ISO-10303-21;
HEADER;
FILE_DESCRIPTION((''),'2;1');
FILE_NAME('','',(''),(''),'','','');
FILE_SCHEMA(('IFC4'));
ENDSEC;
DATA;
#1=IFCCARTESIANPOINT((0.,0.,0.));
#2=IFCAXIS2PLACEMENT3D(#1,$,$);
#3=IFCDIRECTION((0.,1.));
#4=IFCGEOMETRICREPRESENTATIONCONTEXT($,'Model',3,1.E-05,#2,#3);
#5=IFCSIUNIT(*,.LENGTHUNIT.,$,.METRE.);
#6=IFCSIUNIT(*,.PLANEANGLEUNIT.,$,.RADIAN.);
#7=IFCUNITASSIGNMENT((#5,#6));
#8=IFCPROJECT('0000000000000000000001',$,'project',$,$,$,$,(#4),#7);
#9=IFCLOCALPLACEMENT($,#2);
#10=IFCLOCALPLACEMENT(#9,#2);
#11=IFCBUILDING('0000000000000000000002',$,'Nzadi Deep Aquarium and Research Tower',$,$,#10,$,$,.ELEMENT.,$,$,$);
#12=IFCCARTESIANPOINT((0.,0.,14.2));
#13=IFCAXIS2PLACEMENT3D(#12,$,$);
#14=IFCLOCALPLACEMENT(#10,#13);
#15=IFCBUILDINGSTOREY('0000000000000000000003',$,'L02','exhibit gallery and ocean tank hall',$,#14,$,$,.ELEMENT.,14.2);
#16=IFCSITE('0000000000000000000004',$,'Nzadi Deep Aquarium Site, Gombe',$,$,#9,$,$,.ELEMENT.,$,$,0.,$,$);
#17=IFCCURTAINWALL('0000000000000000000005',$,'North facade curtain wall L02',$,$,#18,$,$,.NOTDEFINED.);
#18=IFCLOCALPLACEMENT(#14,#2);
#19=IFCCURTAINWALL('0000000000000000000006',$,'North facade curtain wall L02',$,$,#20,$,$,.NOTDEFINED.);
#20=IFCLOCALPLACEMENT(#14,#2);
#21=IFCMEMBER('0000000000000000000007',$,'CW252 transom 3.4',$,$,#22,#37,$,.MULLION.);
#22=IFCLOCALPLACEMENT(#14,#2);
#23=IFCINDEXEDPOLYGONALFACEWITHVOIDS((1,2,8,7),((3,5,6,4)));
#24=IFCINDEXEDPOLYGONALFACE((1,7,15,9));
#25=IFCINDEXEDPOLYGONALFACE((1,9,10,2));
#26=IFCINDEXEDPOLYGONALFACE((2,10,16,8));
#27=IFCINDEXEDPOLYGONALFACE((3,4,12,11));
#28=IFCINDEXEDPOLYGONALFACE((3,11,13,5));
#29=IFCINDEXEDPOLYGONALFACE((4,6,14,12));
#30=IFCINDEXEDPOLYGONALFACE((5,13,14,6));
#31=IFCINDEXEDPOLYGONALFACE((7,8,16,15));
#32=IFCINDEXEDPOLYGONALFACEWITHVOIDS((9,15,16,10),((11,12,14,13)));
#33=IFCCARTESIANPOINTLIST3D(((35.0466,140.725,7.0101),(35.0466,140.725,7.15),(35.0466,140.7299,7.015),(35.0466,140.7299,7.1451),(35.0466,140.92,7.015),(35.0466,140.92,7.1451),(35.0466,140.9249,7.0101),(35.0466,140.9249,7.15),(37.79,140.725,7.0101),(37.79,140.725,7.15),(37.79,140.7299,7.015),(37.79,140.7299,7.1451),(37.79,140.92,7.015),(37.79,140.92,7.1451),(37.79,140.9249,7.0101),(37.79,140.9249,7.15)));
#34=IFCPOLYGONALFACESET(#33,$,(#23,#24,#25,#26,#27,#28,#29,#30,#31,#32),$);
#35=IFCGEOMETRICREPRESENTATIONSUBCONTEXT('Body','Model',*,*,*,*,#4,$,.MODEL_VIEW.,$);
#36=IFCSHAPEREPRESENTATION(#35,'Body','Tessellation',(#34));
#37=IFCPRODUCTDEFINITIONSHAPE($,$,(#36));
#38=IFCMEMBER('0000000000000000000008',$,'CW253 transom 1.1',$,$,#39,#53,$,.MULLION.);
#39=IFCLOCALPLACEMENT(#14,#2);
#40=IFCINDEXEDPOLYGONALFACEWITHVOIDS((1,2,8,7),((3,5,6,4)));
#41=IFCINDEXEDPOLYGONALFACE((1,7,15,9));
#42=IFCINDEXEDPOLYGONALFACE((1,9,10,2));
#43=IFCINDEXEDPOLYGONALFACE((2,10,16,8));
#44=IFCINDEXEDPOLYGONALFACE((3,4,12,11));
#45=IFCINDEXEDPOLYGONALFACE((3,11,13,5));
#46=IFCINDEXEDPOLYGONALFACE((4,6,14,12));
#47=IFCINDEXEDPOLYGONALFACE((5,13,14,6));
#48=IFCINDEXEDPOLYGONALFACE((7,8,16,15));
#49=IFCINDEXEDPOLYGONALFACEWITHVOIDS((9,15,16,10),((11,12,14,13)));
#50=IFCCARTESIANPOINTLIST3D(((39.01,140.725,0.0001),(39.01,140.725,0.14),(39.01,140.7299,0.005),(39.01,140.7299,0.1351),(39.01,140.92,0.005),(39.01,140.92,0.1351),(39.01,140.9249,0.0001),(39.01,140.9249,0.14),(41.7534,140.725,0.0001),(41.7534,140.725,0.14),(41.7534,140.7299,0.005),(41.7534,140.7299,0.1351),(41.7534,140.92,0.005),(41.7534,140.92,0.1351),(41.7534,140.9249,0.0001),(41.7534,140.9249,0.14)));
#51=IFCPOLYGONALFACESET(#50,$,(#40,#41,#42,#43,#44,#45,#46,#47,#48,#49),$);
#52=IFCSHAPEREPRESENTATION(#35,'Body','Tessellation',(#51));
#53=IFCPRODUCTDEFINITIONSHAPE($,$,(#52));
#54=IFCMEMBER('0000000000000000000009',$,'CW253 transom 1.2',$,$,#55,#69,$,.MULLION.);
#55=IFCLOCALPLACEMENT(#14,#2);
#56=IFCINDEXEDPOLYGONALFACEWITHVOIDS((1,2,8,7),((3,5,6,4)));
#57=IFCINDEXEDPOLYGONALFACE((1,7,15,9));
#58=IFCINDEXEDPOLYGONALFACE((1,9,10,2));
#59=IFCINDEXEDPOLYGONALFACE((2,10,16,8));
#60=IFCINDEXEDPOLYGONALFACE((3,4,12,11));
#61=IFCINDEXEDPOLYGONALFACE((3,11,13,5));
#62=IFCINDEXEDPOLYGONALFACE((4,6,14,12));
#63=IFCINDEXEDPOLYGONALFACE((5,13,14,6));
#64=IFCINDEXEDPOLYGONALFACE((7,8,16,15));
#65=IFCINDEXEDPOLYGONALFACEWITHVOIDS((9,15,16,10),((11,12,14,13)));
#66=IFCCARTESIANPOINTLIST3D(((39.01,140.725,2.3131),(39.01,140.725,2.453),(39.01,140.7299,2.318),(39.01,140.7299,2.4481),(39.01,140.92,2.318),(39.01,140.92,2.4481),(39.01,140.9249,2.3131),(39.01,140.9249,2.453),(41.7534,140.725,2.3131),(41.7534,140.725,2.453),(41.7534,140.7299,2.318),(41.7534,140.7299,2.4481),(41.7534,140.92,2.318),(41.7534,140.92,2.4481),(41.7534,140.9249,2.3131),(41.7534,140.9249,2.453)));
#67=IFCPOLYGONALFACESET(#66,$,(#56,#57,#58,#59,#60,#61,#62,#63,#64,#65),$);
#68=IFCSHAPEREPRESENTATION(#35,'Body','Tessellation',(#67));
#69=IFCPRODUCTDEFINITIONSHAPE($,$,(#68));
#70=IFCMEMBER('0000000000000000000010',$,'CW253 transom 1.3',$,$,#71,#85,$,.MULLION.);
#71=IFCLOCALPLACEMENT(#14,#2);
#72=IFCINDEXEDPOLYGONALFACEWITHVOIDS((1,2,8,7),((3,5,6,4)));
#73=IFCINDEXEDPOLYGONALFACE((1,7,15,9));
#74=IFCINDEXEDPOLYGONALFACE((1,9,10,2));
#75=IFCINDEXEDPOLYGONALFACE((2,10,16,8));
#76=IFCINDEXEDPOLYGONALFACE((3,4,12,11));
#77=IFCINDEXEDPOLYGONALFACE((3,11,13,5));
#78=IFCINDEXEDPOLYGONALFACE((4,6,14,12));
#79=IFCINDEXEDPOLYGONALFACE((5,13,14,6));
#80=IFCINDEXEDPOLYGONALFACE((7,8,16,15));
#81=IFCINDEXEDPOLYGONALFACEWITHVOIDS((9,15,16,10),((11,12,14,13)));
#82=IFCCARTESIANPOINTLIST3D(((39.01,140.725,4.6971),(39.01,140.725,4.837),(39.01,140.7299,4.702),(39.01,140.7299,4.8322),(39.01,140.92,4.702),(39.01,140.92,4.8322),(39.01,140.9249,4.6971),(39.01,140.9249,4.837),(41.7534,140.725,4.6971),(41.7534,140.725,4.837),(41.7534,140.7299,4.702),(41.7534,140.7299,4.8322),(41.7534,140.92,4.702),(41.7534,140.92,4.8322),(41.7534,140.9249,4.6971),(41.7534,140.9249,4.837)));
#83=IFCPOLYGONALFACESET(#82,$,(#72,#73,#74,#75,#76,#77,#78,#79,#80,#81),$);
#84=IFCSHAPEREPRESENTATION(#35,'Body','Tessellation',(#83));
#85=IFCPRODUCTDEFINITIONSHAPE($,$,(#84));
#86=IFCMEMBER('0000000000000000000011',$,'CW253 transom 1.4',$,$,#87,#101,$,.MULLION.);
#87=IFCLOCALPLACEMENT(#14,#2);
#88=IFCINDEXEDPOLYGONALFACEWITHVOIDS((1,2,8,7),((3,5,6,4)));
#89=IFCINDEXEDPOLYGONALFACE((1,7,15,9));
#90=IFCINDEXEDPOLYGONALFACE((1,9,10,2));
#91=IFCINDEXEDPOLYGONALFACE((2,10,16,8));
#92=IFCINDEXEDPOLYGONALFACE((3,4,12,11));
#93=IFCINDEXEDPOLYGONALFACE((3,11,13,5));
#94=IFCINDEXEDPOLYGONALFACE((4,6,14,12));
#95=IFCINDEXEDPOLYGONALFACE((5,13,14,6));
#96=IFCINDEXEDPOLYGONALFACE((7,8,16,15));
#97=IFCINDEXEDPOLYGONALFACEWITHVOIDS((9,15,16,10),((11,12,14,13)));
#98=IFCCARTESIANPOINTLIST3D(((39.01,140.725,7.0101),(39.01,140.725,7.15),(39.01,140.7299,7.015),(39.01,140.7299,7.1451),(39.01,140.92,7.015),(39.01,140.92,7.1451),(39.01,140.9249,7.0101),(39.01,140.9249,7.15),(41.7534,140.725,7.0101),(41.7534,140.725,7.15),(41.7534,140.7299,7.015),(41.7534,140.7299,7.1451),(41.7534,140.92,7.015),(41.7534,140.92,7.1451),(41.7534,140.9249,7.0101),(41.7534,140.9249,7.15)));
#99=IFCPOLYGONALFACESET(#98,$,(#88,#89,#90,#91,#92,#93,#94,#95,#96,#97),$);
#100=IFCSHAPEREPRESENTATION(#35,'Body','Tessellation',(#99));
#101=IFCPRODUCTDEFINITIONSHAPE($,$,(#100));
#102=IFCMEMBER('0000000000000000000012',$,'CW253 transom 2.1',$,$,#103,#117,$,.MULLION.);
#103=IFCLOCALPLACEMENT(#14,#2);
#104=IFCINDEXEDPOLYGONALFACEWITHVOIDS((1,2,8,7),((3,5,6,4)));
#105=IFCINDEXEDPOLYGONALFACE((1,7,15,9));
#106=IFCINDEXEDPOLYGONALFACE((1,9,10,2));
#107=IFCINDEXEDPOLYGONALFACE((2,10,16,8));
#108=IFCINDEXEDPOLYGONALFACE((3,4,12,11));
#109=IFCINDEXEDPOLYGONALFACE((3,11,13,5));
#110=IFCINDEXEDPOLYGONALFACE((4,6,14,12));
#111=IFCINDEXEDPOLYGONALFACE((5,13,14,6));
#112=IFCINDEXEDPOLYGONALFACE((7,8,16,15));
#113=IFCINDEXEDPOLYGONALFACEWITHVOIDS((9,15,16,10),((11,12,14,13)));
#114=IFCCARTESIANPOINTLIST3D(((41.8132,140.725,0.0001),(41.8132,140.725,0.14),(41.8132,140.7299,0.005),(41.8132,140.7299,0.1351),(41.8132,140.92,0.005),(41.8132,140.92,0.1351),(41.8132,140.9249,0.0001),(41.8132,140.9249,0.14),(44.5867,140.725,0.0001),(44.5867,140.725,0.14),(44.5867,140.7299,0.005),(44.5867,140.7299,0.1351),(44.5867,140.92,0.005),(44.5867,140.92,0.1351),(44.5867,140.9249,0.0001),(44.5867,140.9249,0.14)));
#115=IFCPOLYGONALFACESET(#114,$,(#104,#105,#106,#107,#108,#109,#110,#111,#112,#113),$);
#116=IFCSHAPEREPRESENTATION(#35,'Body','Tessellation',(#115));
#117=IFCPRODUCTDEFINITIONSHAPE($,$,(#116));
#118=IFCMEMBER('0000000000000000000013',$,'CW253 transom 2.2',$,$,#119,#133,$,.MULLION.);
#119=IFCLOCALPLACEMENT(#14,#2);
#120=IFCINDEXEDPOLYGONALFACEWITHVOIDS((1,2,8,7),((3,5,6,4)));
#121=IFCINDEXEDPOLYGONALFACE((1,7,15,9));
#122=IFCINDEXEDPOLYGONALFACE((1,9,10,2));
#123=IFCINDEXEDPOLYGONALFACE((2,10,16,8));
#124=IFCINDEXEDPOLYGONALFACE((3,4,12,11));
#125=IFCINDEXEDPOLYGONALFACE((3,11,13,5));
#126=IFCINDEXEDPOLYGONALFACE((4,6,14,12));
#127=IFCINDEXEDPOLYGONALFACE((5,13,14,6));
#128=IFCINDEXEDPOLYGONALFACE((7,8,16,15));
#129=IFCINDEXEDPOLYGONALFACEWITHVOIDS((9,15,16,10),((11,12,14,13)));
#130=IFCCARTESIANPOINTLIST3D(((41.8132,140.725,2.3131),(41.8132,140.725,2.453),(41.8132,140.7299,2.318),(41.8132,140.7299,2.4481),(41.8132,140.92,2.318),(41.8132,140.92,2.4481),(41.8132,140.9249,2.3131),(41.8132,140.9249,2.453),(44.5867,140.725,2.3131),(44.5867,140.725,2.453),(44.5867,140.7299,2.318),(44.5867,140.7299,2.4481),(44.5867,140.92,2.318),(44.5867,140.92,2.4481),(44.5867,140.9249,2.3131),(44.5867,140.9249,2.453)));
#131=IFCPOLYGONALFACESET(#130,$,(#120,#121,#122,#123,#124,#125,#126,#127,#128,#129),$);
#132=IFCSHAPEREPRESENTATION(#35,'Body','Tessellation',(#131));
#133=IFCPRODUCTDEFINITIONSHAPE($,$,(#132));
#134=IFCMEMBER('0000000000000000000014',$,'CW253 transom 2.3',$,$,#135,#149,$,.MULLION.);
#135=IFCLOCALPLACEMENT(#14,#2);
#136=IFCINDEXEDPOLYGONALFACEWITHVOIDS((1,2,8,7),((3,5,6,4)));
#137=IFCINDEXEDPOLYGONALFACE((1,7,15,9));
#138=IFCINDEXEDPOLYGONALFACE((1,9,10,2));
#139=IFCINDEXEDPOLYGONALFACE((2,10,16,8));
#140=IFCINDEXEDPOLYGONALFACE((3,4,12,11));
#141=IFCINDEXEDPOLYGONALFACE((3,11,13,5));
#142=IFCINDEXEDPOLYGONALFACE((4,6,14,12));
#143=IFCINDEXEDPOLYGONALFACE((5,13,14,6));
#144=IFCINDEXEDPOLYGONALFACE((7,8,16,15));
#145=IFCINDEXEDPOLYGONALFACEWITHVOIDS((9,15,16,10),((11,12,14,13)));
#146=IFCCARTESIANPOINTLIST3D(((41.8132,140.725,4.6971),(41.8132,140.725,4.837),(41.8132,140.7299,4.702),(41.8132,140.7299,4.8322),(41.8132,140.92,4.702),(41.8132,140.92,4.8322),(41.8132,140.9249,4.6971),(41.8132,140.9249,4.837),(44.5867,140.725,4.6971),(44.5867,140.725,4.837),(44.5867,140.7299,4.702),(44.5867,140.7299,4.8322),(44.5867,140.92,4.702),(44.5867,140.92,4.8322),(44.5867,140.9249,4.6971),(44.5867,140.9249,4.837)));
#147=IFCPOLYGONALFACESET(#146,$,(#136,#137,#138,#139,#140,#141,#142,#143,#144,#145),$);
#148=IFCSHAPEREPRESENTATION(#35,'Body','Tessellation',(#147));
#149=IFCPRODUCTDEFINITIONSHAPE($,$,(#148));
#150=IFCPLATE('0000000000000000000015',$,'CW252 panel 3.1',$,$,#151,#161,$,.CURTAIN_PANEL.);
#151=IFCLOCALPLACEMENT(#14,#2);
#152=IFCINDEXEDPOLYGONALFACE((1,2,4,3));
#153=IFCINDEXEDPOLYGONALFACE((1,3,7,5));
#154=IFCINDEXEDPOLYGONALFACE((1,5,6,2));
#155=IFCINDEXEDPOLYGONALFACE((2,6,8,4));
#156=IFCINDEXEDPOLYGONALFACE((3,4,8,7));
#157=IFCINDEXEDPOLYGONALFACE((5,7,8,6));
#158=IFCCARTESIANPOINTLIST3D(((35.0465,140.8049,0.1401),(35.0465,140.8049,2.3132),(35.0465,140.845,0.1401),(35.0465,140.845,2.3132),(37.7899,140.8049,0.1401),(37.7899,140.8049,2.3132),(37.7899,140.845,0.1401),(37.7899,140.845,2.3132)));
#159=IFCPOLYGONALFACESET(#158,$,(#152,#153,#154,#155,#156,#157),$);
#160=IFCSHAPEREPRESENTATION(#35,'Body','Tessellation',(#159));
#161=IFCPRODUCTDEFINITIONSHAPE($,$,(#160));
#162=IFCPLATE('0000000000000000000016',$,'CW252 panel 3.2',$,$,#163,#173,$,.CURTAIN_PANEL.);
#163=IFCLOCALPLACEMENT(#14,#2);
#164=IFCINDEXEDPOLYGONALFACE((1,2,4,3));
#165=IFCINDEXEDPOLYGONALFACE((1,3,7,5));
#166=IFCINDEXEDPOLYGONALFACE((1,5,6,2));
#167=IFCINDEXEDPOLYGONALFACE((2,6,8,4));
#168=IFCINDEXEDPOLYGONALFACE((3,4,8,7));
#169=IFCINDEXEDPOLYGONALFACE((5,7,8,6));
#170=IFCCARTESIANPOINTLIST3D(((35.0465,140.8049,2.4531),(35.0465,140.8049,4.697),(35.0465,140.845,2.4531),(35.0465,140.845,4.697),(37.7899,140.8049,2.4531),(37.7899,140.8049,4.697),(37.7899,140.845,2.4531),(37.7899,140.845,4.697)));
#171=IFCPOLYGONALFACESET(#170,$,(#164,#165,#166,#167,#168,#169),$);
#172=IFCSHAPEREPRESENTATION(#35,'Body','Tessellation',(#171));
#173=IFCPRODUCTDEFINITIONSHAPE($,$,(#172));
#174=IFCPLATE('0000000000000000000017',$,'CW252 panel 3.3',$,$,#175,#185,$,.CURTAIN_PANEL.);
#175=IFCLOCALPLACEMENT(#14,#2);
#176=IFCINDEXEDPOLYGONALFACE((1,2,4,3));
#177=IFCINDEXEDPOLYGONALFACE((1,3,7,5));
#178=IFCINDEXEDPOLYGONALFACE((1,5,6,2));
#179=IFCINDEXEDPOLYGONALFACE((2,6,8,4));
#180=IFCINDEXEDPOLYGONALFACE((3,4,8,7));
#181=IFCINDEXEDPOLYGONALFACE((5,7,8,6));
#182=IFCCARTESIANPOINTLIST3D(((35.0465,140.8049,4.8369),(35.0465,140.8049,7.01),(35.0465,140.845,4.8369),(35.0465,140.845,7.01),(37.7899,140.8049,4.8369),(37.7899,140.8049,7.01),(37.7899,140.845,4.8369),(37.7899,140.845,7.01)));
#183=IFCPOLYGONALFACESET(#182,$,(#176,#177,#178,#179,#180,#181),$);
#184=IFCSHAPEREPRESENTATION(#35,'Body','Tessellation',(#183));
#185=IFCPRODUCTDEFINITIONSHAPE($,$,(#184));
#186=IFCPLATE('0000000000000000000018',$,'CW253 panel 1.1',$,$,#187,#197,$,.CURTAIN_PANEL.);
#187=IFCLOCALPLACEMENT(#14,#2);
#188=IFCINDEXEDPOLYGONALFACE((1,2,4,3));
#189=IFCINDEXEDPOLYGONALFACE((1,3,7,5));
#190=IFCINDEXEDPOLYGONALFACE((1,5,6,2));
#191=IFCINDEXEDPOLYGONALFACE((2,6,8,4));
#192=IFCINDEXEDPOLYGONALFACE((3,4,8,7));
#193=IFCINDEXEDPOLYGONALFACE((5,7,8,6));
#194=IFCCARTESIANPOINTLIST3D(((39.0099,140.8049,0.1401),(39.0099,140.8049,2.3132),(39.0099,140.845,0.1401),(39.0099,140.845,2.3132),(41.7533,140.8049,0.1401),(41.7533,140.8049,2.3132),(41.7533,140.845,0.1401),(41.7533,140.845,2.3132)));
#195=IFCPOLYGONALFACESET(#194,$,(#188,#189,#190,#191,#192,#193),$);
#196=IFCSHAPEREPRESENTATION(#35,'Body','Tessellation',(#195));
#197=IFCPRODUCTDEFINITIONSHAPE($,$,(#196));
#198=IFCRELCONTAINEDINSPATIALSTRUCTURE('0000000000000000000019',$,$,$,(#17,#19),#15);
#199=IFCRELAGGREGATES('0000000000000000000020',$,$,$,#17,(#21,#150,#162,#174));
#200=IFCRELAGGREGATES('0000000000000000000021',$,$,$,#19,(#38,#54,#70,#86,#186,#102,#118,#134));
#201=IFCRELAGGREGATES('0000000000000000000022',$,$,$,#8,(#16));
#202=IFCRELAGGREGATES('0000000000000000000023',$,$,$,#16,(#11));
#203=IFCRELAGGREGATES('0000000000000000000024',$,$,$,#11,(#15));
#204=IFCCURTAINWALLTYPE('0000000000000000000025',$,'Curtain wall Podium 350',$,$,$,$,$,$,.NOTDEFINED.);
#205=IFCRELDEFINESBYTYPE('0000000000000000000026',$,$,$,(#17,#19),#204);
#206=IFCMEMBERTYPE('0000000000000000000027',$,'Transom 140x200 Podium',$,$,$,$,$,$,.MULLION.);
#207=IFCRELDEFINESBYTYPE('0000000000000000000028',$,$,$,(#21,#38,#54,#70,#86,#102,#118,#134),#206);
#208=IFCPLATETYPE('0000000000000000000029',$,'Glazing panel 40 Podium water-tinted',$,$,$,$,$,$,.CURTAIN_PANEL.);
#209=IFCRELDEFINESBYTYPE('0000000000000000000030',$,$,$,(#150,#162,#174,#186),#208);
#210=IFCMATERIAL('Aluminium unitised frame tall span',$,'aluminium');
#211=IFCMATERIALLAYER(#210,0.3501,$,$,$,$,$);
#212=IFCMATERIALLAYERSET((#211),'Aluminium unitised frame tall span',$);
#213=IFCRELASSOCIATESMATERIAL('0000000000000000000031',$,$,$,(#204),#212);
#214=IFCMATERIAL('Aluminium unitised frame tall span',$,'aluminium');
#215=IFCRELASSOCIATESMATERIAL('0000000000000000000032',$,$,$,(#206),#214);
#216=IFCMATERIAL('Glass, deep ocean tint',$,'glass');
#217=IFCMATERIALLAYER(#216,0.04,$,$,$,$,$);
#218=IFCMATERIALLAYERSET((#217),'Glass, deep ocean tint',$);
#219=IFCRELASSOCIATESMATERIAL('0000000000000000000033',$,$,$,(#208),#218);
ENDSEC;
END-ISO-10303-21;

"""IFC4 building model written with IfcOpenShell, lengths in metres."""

from ifc_helpers import new_model, si_unit, direction, frame, origin, origin_2d, place, context, subcontext, project, spatial, rectangle, hollow_rectangle, extrude, material, layer, layer_set, material_profile, profile_set, type_object, element, aggregate, save


model = new_model("IFC4")

# Units and contexts
model_context = context("Model", 3, precision=1e-05, world=origin(), true_north=direction((0.0, 1.0)))
body_context = subcontext(model_context, "Body", "Model", "MODEL_VIEW")
ifc_project = project(units=[si_unit("LENGTHUNIT", "METRE"), si_unit("PLANEANGLEUNIT", "RADIAN")], contexts=[model_context])

# Site, building, storey
site_placement = place(None, origin())
site = spatial("IfcSite", under=ifc_project, at=site_placement, Name="Nzadi Deep Aquarium Site, Gombe", CompositionType="ELEMENT", RefElevation=0.0)
building_placement = place(site_placement, origin())
building = spatial("IfcBuilding", under=site, at=building_placement, Name="Nzadi Deep Aquarium and Research Tower", CompositionType="ELEMENT")
storey_placement = place(building_placement, frame((0.0, 0.0, 14.2)))
storey = spatial("IfcBuildingStorey", under=building, at=storey_placement, Name="L02", Description="exhibit gallery and ocean tank hall", CompositionType="ELEMENT", Elevation=14.2)

# Curtain wall
ifc_material_1 = material(Name="Aluminium unitised frame tall span", Category="aluminium")
ifc_layer_1 = layer(ifc_material_1, 0.3501)
ifc_layer_set_1 = layer_set([ifc_layer_1], Name="Aluminium unitised frame tall span")
curtain_wall_type = type_object("IfcCurtainWallType", Name="Curtain wall Podium 350", PredefinedType="NOTDEFINED", material=ifc_layer_set_1)
curtain_wall_1_placement = place(storey_placement, origin())
curtain_wall_1 = element("IfcCurtainWall", 1, at=curtain_wall_1_placement, inside=storey, type_object=curtain_wall_type, Name="North facade curtain wall L02", PredefinedType="NOTDEFINED")

# Curtain wall
curtain_wall_2_placement = place(storey_placement, origin())
curtain_wall_2 = element("IfcCurtainWall", 2, at=curtain_wall_2_placement, inside=storey, type_object=curtain_wall_type, Name="North facade curtain wall L02", PredefinedType="NOTDEFINED")

# Members
ifc_material_2 = material(Name="Aluminium unitised frame tall span", Category="aluminium")
ifc_material_profile_1 = material_profile(ifc_material_2, hollow_rectangle(XDim=0.2, YDim=0.1399, WallThickness=0.0049, at=origin_2d()))
ifc_profile_set_1 = profile_set([ifc_material_profile_1], Name="Aluminium unitised frame tall span")
member_type_1 = type_object("IfcMemberType", Name="Transom 140x200 Podium", PredefinedType="MULLION", material=ifc_profile_set_1)
member_1_placement = place(storey_placement, frame((35.0466, 140.825, 7.0801), z_axis=(1.0, 0.0, 0.0), x_axis=(0.0, 1.0, 0.0)))
member_1 = element("IfcMember", 3, at=member_1_placement, type_object=member_type_1, Name="CW252 transom 3.4", PredefinedType="MULLION", context=body_context, shape_type="SweptSolid", body=[
    extrude(hollow_rectangle(XDim=0.2, YDim=0.1399, WallThickness=0.0049, at=origin_2d()), origin(), (0.0, 0.0, 1.0), 2.7434),
])
member_2_placement = place(storey_placement, frame((39.01, 140.825, 0.0701), z_axis=(1.0, 0.0, 0.0), x_axis=(0.0, 1.0, 0.0)))
member_2 = element("IfcMember", 4, at=member_2_placement, type_object=member_type_1, Name="CW253 transom 1.1", PredefinedType="MULLION", context=body_context, shape_type="SweptSolid", body=[
    extrude(hollow_rectangle(XDim=0.2, YDim=0.1399, WallThickness=0.0049, at=origin_2d()), origin(), (0.0, 0.0, 1.0), 2.7434),
])
member_3_placement = place(storey_placement, frame((39.01, 140.825, 2.3831), z_axis=(1.0, 0.0, 0.0), x_axis=(0.0, 1.0, 0.0)))
member_3 = element("IfcMember", 5, at=member_3_placement, type_object=member_type_1, Name="CW253 transom 1.2", PredefinedType="MULLION", context=body_context, shape_type="SweptSolid", body=[
    extrude(hollow_rectangle(XDim=0.2, YDim=0.1399, WallThickness=0.0049, at=origin_2d()), origin(), (0.0, 0.0, 1.0), 2.7434),
])
member_4_placement = place(storey_placement, frame((39.01, 140.825, 4.7671), z_axis=(1.0, 0.0, 0.0), x_axis=(0.0, 1.0, 0.0)))
member_4 = element("IfcMember", 6, at=member_4_placement, type_object=member_type_1, Name="CW253 transom 1.3", PredefinedType="MULLION", context=body_context, shape_type="SweptSolid", body=[
    extrude(hollow_rectangle(XDim=0.2, YDim=0.1399, WallThickness=0.0049, at=origin_2d()), origin(), (0.0, 0.0, 1.0), 2.7434),
])
member_5_placement = place(storey_placement, frame((39.01, 140.825, 7.0801), z_axis=(1.0, 0.0, 0.0), x_axis=(0.0, 1.0, 0.0)))
member_5 = element("IfcMember", 7, at=member_5_placement, type_object=member_type_1, Name="CW253 transom 1.4", PredefinedType="MULLION", context=body_context, shape_type="SweptSolid", body=[
    extrude(hollow_rectangle(XDim=0.2, YDim=0.1399, WallThickness=0.0049, at=origin_2d()), origin(), (0.0, 0.0, 1.0), 2.7434),
])
member_6_placement = place(storey_placement, frame((41.8132, 140.825, 0.0701), z_axis=(1.0, 0.0, 0.0), x_axis=(0.0, 1.0, 0.0)))
member_6 = element("IfcMember", 8, at=member_6_placement, type_object=member_type_1, Name="CW253 transom 2.1", PredefinedType="MULLION", context=body_context, shape_type="SweptSolid", body=[
    extrude(hollow_rectangle(XDim=0.2, YDim=0.1399, WallThickness=0.0049, at=origin_2d()), origin(), (0.0, 0.0, 1.0), 2.7734),
])
member_7_placement = place(storey_placement, frame((41.8132, 140.825, 2.3831), z_axis=(1.0, 0.0, 0.0), x_axis=(0.0, 1.0, 0.0)))
member_7 = element("IfcMember", 9, at=member_7_placement, type_object=member_type_1, Name="CW253 transom 2.2", PredefinedType="MULLION", context=body_context, shape_type="SweptSolid", body=[
    extrude(hollow_rectangle(XDim=0.2, YDim=0.1399, WallThickness=0.0049, at=origin_2d()), origin(), (0.0, 0.0, 1.0), 2.7734),
])
member_8_placement = place(storey_placement, frame((41.8132, 140.825, 4.7671), z_axis=(1.0, 0.0, 0.0), x_axis=(0.0, 1.0, 0.0)))
member_8 = element("IfcMember", 10, at=member_8_placement, type_object=member_type_1, Name="CW253 transom 2.3", PredefinedType="MULLION", context=body_context, shape_type="SweptSolid", body=[
    extrude(hollow_rectangle(XDim=0.2, YDim=0.1399, WallThickness=0.0049, at=origin_2d()), origin(), (0.0, 0.0, 1.0), 2.7734),
])

# Plates
ifc_material_3 = material(Name="Glass, deep ocean tint", Category="glass")
ifc_layer_2 = layer(ifc_material_3, 0.04)
ifc_layer_set_2 = layer_set([ifc_layer_2], Name="Glass, deep ocean tint")
plate_type = type_object("IfcPlateType", Name="Glazing panel 40 Podium water-tinted", PredefinedType="CURTAIN_PANEL", material=ifc_layer_set_2)
plate_1_placement = place(storey_placement, frame((36.4182, 140.825, 0.1401), z_axis=(0.0, 0.0, 1.0), x_axis=(1.0, 0.0, 0.0)))
plate_1 = element("IfcPlate", 11, at=plate_1_placement, type_object=plate_type, Name="CW252 panel 3.1", PredefinedType="CURTAIN_PANEL", context=body_context, shape_type="SweptSolid", body=[
    extrude(rectangle(XDim=2.7434, YDim=0.04, at=origin_2d()), origin(), (0.0, 0.0, 1.0), 2.1731),
])
plate_2_placement = place(storey_placement, frame((36.4182, 140.825, 2.4531), z_axis=(0.0, 0.0, 1.0), x_axis=(1.0, 0.0, 0.0)))
plate_2 = element("IfcPlate", 12, at=plate_2_placement, type_object=plate_type, Name="CW252 panel 3.2", PredefinedType="CURTAIN_PANEL", context=body_context, shape_type="SweptSolid", body=[
    extrude(rectangle(XDim=2.7434, YDim=0.04, at=origin_2d()), origin(), (0.0, 0.0, 1.0), 2.2439),
])
plate_3_placement = place(storey_placement, frame((36.4182, 140.825, 4.8369), z_axis=(0.0, 0.0, 1.0), x_axis=(1.0, 0.0, 0.0)))
plate_3 = element("IfcPlate", 13, at=plate_3_placement, type_object=plate_type, Name="CW252 panel 3.3", PredefinedType="CURTAIN_PANEL", context=body_context, shape_type="SweptSolid", body=[
    extrude(rectangle(XDim=2.7434, YDim=0.04, at=origin_2d()), origin(), (0.0, 0.0, 1.0), 2.1731),
])
aggregate(curtain_wall_1, [member_1, plate_1, plate_2, plate_3])
plate_4_placement = place(storey_placement, frame((40.3816, 140.825, 0.1401), z_axis=(0.0, 0.0, 1.0), x_axis=(1.0, 0.0, 0.0)))
plate_4 = element("IfcPlate", 14, at=plate_4_placement, type_object=plate_type, Name="CW253 panel 1.1", PredefinedType="CURTAIN_PANEL", context=body_context, shape_type="SweptSolid", body=[
    extrude(rectangle(XDim=2.7434, YDim=0.04, at=origin_2d()), origin(), (0.0, 0.0, 1.0), 2.1731),
])
aggregate(curtain_wall_2, [member_2, member_3, member_4, member_5, plate_4, member_6, member_7, member_8])

save(model, "model.ifc")
